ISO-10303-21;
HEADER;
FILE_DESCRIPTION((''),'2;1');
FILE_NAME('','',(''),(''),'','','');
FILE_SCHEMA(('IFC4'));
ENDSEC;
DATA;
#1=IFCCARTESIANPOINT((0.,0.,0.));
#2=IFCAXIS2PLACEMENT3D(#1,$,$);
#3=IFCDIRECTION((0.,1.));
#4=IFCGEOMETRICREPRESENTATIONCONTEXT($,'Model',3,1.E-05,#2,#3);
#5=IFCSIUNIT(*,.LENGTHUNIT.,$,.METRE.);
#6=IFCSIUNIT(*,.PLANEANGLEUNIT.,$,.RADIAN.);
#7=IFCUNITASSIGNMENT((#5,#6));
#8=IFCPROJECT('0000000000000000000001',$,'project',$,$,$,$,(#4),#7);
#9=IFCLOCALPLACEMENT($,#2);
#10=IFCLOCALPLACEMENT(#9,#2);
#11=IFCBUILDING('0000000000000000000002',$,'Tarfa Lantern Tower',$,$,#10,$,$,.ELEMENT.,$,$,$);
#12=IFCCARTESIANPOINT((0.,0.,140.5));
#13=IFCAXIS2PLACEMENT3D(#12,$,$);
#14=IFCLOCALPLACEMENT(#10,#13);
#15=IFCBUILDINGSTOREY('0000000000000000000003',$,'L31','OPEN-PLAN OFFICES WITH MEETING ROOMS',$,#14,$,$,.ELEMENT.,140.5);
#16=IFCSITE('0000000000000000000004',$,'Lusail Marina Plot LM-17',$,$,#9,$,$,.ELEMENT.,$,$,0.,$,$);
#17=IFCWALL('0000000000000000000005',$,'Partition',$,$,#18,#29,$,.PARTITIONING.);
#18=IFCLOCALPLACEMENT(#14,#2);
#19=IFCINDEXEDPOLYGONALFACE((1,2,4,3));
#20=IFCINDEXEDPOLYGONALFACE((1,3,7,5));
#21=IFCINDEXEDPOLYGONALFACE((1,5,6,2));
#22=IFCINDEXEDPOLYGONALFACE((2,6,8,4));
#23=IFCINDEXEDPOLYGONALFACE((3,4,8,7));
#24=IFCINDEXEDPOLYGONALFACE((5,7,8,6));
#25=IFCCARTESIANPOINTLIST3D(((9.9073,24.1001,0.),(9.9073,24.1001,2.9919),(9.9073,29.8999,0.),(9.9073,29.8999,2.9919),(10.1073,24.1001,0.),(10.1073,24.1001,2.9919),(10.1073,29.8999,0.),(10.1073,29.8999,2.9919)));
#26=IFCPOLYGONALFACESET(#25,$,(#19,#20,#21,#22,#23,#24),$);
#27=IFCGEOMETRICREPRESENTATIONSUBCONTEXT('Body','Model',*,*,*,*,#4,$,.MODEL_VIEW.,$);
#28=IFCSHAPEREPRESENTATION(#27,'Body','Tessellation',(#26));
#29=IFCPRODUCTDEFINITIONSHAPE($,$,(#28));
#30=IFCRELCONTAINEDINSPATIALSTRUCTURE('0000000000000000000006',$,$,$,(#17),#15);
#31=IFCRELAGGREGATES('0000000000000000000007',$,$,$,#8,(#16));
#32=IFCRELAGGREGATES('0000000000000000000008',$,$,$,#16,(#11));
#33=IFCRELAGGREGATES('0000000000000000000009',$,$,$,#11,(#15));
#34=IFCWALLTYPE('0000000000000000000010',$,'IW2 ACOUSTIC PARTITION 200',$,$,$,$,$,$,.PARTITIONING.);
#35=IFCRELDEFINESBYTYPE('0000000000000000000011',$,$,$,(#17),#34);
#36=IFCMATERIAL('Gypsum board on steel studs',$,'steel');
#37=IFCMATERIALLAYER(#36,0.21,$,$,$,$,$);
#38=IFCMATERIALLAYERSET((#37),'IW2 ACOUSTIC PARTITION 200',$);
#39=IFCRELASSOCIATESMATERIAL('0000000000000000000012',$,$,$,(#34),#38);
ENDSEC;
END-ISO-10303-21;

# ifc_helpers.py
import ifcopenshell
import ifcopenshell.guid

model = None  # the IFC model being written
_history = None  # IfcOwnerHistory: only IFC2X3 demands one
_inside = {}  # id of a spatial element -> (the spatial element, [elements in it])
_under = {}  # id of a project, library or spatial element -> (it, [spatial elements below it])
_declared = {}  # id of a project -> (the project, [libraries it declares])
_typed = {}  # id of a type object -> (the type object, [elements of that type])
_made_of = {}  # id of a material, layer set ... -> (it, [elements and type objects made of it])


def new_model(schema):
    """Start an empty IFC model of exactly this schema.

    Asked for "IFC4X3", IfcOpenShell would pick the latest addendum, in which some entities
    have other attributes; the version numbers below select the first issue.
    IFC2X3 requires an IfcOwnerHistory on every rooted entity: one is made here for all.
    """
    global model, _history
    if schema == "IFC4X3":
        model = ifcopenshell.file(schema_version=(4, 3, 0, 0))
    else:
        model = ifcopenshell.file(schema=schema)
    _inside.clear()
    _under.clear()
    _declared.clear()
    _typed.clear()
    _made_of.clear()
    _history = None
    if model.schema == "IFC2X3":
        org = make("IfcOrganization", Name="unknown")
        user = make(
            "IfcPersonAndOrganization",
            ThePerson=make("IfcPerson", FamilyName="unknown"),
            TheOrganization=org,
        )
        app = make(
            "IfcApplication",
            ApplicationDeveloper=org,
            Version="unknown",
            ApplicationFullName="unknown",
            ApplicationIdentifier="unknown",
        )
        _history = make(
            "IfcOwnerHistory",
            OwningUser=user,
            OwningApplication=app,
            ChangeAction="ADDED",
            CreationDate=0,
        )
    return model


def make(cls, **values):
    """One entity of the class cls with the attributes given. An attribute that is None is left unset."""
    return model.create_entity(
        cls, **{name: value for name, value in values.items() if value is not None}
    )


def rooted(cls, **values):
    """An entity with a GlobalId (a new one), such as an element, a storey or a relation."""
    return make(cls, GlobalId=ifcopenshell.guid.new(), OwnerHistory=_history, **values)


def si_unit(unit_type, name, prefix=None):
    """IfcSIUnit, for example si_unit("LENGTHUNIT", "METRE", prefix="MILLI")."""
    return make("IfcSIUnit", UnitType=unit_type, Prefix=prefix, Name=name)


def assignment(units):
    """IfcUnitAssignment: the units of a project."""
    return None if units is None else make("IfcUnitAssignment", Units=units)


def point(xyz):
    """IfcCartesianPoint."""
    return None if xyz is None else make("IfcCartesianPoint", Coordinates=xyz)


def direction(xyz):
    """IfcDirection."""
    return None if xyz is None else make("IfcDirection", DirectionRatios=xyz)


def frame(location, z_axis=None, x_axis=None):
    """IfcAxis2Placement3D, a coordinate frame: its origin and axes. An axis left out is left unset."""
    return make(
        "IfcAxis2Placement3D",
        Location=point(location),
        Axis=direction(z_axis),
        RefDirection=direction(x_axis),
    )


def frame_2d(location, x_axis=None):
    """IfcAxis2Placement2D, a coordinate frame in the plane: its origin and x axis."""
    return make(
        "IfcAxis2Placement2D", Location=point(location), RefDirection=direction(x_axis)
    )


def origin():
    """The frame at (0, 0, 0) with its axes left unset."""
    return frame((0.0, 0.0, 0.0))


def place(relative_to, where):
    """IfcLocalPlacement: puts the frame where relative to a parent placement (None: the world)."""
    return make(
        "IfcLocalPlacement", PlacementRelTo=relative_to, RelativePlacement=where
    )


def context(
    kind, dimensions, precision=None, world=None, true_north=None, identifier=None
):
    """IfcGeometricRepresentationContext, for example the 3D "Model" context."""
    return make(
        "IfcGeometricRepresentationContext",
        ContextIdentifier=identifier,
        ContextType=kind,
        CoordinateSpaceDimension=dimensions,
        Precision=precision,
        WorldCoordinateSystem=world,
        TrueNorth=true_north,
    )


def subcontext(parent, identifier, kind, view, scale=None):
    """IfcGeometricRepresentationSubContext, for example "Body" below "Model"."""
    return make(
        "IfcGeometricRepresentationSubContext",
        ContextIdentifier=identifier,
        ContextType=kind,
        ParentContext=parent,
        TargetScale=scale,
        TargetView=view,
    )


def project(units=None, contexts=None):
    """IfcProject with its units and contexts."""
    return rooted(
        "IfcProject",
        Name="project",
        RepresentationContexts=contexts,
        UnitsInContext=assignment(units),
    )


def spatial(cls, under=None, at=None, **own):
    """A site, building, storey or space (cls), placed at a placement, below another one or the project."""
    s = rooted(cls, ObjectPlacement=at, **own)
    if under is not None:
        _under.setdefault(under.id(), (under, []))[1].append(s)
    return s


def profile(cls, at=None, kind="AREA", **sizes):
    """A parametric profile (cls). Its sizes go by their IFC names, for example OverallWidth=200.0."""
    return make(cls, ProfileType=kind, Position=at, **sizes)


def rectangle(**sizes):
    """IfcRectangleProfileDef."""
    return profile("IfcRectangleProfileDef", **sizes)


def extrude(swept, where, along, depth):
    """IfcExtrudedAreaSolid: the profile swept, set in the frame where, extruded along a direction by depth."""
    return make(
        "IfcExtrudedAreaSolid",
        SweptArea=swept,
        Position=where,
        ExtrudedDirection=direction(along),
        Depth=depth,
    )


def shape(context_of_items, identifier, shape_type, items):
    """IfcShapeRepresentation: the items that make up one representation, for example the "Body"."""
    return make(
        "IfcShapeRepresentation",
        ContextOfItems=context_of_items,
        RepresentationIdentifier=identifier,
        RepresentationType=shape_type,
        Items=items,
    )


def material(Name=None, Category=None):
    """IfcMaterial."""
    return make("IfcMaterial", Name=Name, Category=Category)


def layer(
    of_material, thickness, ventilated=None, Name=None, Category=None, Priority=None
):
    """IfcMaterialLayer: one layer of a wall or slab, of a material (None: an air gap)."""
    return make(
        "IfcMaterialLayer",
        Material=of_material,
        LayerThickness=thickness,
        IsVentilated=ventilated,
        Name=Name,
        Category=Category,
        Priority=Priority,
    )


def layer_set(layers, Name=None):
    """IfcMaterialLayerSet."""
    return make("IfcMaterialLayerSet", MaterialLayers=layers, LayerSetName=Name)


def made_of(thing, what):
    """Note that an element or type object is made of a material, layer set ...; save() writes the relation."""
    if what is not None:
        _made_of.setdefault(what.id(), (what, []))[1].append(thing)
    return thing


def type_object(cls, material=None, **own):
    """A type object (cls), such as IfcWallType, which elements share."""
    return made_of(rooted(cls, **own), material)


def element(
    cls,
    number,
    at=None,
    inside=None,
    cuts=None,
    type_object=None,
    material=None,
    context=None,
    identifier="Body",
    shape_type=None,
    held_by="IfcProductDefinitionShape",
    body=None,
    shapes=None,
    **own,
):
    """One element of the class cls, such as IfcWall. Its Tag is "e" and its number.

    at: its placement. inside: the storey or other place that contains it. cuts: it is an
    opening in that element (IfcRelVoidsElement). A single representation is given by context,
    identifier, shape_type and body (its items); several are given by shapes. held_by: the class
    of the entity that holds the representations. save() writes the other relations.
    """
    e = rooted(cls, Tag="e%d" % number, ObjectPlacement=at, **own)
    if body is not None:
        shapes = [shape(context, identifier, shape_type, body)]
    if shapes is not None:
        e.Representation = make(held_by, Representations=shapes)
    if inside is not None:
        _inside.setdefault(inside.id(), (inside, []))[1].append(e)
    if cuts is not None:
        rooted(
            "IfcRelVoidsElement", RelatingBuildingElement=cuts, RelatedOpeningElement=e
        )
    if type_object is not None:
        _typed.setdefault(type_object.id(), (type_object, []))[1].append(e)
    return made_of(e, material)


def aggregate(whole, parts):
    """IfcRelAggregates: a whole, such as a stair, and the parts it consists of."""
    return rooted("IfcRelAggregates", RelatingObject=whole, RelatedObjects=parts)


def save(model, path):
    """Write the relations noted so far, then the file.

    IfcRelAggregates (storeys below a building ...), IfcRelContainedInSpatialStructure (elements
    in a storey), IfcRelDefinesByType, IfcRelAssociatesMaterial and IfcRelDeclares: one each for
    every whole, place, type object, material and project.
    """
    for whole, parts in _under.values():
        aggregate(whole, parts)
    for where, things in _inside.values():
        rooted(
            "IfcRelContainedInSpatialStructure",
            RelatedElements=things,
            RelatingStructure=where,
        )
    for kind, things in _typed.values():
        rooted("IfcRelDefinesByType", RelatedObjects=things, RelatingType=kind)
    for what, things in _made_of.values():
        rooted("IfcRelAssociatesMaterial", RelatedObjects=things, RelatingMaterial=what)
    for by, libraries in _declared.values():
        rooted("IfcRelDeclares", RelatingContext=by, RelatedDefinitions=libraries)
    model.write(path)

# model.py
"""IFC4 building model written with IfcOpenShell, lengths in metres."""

from ifc_helpers import new_model, si_unit, direction, frame, frame_2d, origin, place, context, subcontext, project, spatial, rectangle, extrude, material, layer, layer_set, type_object, element, save


model = new_model("IFC4")

# Units and contexts
model_context = context("Model", 3, precision=1e-05, world=origin(), true_north=direction((0.0, 1.0)))
body_context = subcontext(model_context, "Body", "Model", "MODEL_VIEW")
ifc_project = project(units=[si_unit("LENGTHUNIT", "METRE"), si_unit("PLANEANGLEUNIT", "RADIAN")], contexts=[model_context])

# Site, building, storey
site_placement = place(None, origin())
site = spatial("IfcSite", under=ifc_project, at=site_placement, Name="Lusail Marina Plot LM-17", CompositionType="ELEMENT", RefElevation=0.0)
building_placement = place(site_placement, origin())
building = spatial("IfcBuilding", under=site, at=building_placement, Name="Tarfa Lantern Tower", CompositionType="ELEMENT")
storey_placement = place(building_placement, frame((0.0, 0.0, 140.5)))
storey = spatial("IfcBuildingStorey", under=building, at=storey_placement, Name="L31", Description="OPEN-PLAN OFFICES WITH MEETING ROOMS", CompositionType="ELEMENT", Elevation=140.5)

# Shared definitions
ifc_material_1 = material(Name="Gypsum board on steel studs", Category="steel")
ifc_layer_1 = layer(ifc_material_1, 0.21)
ifc_layer_set_1 = layer_set([ifc_layer_1], Name="IW2 ACOUSTIC PARTITION 200")
wall_type_1 = type_object("IfcWallType", Name="IW2 ACOUSTIC PARTITION 200", PredefinedType="PARTITIONING", material=ifc_layer_set_1)

# Wall
wall_1_placement = place(storey_placement, frame((10.0073, 24.1001, 0.0), z_axis=(0.0, 0.0, 1.0), x_axis=(0.0, 1.0, 0.0)))
element("IfcWall", 1, at=wall_1_placement, inside=storey, type_object=wall_type_1, Name="Partition", PredefinedType="PARTITIONING", context=body_context, shape_type="SweptSolid", body=[
    extrude(rectangle(XDim=5.7998, YDim=0.2, at=frame_2d((2.8999, 0.0))), origin(), (0.0, 0.0, 1.0), 2.9919),
])

save(model, "model.ifc")
